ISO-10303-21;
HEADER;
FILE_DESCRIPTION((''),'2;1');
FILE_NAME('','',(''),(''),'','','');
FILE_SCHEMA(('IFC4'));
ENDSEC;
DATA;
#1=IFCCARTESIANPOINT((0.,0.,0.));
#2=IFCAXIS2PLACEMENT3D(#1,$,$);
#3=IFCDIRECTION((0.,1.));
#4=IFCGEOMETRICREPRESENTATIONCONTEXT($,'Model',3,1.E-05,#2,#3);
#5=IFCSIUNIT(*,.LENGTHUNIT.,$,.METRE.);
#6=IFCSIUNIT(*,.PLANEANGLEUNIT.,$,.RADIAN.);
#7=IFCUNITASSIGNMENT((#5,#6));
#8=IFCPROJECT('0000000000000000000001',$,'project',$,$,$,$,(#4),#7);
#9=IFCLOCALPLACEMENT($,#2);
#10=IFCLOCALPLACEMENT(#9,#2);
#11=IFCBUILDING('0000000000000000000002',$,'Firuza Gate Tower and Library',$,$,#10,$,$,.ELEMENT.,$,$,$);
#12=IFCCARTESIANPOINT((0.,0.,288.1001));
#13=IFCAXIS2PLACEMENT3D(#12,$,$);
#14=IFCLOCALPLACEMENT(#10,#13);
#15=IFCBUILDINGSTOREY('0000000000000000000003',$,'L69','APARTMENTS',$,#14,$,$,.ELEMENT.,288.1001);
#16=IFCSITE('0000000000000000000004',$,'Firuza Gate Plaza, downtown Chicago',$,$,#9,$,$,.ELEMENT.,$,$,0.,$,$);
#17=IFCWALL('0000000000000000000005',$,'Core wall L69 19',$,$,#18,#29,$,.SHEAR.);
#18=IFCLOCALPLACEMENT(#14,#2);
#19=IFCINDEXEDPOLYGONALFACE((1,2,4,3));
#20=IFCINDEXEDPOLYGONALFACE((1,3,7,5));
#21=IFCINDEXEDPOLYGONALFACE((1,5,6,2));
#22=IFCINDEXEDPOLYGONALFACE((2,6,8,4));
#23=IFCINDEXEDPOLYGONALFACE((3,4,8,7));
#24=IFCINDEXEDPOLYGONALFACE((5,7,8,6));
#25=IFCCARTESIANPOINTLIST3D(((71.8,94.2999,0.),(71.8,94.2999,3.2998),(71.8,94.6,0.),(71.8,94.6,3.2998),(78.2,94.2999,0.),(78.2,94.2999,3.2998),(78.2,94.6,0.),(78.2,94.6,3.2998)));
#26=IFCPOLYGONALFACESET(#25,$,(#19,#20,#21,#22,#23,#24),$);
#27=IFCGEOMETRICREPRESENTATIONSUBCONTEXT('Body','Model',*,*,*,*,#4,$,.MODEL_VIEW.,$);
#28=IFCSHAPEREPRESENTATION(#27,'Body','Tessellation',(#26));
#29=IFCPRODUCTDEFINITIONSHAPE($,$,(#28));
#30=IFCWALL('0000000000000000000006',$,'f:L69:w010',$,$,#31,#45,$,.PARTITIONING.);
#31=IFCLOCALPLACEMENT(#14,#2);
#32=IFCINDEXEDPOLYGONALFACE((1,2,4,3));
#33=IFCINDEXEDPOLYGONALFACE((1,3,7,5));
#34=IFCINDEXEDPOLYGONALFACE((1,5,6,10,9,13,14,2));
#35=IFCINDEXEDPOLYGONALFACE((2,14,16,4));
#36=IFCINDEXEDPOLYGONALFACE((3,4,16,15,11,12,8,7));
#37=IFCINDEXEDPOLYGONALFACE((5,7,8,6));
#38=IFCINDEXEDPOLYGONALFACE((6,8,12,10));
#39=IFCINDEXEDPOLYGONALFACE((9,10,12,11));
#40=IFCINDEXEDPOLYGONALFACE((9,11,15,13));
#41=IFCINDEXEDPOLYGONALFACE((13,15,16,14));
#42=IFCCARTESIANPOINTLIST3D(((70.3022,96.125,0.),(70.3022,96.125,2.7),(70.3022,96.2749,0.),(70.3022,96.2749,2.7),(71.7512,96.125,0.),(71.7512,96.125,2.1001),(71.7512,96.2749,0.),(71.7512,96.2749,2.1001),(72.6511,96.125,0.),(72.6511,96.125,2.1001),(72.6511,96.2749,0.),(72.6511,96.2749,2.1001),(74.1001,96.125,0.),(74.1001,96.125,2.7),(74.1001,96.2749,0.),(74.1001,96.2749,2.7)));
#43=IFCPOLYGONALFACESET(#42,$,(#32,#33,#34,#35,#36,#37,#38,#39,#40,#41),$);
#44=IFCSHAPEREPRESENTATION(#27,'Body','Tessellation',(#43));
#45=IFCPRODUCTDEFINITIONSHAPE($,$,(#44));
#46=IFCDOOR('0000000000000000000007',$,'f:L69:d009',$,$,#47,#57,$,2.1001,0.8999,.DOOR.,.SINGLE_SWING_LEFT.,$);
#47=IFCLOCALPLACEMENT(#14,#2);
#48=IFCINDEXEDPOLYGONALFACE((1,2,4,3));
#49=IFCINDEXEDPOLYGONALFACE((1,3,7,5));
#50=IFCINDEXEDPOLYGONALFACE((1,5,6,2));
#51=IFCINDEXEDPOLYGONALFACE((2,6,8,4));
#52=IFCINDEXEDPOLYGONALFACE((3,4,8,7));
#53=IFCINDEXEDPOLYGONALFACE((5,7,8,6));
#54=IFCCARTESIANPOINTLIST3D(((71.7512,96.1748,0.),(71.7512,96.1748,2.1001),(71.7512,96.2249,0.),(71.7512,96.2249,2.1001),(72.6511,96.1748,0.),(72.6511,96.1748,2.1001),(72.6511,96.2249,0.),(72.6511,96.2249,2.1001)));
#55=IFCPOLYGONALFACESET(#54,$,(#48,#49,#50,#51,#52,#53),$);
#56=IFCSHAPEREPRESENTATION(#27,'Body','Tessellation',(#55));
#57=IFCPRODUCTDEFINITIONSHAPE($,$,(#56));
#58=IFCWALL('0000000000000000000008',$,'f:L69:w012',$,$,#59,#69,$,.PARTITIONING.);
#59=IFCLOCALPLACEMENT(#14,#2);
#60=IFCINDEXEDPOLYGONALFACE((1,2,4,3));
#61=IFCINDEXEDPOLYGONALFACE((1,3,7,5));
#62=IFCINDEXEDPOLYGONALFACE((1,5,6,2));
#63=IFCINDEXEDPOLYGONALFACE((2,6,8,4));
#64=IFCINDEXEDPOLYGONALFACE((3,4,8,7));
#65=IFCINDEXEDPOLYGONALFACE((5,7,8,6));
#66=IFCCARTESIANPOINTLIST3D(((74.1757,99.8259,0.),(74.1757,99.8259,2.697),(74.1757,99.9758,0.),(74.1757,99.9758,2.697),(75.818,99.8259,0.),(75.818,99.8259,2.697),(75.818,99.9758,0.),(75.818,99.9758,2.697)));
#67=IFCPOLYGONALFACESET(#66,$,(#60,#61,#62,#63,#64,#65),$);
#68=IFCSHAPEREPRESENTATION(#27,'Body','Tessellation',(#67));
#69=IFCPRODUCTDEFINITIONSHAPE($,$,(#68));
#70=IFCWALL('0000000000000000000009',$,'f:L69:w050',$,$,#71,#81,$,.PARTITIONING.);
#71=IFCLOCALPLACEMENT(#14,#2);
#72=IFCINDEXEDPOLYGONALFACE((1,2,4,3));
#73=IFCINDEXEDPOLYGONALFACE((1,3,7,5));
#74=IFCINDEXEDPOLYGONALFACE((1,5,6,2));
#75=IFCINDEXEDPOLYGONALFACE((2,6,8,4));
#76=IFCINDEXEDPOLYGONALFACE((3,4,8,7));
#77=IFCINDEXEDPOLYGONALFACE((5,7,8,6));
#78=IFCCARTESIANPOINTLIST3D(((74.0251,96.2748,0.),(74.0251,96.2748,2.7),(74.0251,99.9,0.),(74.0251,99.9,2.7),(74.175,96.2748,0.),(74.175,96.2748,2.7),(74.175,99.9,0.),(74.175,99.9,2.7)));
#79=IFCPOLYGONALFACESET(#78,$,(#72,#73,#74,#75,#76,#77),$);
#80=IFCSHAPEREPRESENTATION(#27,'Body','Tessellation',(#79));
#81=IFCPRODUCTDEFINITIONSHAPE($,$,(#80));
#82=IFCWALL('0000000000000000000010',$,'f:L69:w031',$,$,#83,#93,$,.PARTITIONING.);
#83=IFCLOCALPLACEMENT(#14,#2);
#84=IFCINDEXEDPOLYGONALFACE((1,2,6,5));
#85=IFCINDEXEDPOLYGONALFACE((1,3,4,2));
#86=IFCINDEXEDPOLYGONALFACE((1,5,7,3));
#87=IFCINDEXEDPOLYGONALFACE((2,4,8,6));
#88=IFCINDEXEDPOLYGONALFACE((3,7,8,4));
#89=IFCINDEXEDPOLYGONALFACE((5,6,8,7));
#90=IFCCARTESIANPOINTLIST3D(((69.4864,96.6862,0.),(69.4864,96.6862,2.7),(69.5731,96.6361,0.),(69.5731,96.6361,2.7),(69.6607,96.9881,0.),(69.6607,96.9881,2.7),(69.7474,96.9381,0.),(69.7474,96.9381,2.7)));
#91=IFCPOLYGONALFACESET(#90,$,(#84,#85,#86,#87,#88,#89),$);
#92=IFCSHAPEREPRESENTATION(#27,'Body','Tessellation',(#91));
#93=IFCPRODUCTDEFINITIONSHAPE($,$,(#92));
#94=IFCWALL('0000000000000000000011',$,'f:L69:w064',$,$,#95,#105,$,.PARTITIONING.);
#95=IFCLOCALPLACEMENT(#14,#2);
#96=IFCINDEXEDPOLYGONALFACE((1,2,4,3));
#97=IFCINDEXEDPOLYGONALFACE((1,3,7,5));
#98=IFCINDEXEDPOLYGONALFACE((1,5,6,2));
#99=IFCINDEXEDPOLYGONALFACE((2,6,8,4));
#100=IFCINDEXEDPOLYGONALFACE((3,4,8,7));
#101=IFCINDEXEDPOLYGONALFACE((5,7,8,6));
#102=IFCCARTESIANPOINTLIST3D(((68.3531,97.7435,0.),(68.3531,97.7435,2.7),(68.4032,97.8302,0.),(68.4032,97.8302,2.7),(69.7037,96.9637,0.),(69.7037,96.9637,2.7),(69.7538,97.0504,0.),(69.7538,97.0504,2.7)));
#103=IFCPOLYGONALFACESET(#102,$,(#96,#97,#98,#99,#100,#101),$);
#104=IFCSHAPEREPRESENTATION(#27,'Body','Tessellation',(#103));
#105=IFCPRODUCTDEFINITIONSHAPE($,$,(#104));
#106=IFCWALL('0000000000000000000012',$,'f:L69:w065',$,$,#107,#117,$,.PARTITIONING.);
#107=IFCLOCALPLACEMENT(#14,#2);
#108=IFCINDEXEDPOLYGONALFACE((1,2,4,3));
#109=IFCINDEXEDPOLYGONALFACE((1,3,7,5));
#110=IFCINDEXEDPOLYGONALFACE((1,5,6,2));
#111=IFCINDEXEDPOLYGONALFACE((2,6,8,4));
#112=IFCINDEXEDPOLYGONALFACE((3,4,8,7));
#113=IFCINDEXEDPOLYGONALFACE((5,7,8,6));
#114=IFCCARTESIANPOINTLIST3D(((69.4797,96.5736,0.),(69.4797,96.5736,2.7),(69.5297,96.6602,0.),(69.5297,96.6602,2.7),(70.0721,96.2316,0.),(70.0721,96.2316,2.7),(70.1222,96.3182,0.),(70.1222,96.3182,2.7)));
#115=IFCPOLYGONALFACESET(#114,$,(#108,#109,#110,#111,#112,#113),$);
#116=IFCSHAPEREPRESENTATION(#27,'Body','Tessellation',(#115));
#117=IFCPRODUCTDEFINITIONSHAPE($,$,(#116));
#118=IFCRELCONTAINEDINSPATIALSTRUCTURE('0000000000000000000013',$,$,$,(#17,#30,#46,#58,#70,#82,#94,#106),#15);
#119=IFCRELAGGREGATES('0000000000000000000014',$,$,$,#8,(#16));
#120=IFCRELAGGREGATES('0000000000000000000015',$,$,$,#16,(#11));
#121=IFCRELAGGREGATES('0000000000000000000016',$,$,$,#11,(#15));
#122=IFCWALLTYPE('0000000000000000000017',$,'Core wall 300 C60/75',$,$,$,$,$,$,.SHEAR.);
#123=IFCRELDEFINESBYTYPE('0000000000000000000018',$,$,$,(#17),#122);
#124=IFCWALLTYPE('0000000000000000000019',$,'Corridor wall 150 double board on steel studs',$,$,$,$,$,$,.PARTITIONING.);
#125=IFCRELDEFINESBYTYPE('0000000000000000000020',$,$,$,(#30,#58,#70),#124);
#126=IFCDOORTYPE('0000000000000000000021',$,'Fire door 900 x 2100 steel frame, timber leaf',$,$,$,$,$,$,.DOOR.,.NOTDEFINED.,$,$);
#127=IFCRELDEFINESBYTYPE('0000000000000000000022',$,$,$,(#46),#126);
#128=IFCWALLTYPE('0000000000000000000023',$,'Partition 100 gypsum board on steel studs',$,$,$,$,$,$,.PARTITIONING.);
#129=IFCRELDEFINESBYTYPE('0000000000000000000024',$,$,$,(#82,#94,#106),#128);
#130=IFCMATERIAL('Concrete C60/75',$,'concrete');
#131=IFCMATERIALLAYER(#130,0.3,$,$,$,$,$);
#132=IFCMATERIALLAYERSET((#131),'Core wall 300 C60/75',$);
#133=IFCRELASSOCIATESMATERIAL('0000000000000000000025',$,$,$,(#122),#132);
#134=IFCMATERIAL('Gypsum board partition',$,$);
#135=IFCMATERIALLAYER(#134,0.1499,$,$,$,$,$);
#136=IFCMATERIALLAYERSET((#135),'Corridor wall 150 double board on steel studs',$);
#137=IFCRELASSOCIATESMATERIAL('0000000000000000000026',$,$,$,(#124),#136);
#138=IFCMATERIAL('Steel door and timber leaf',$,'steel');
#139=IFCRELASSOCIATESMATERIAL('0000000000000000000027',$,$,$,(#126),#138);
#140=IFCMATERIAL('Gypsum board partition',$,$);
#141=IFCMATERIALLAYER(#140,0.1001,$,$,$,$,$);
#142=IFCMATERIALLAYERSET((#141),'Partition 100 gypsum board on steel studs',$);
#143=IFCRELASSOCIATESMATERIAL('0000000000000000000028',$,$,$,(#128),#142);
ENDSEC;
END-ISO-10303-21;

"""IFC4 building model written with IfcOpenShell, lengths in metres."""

from ifc_helpers import new_model, si_unit, direction, frame, frame_2d, origin, place, context, subcontext, project, spatial, rectangle, extrude, material, layer, layer_set, type_object, element, fill, save


model = new_model("IFC4")

# Units and contexts
model_context = context("Model", 3, precision=1e-05, world=origin(), true_north=direction((0.0, 1.0)))
body_context = subcontext(model_context, "Body", "Model", "MODEL_VIEW")
ifc_project = project(units=[si_unit("LENGTHUNIT", "METRE"), si_unit("PLANEANGLEUNIT", "RADIAN")], contexts=[model_context])

# Site, building, storey
site_placement = place(None, origin())
site = spatial("IfcSite", under=ifc_project, at=site_placement, Name="Firuza Gate Plaza, downtown Chicago", CompositionType="ELEMENT", RefElevation=0.0)
building_placement = place(site_placement, origin())
building = spatial("IfcBuilding", under=site, at=building_placement, Name="Firuza Gate Tower and Library", CompositionType="ELEMENT")
storey_placement = place(building_placement, frame((0.0, 0.0, 288.1001)))
storey = spatial("IfcBuildingStorey", under=building, at=storey_placement, Name="L69", Description="APARTMENTS", CompositionType="ELEMENT", Elevation=288.1001)

# Wall
ifc_material_1 = material(Name="Concrete C60/75", Category="concrete")
ifc_layer_1 = layer(ifc_material_1, 0.3)
ifc_layer_set_1 = layer_set([ifc_layer_1], Name="Core wall 300 C60/75")
wall_type_1 = type_object("IfcWallType", Name="Core wall 300 C60/75", PredefinedType="SHEAR", material=ifc_layer_set_1)
wall_1_placement = place(storey_placement, frame((71.8, 94.45, 0.0), z_axis=(0.0, 0.0, 1.0), x_axis=(1.0, 0.0, 0.0)))
element("IfcWall", 1, at=wall_1_placement, inside=storey, type_object=wall_type_1, Name="Core wall L69 19", PredefinedType="SHEAR", context=body_context, shape_type="SweptSolid", body=[
    extrude(rectangle(XDim=6.3999, YDim=0.3, at=frame_2d((3.2, 0.0))), origin(), (0.0, 0.0, 1.0), 3.2998),
])

# Wall, opening, door
ifc_material_2 = material(Name="Gypsum board partition")
ifc_layer_2 = layer(ifc_material_2, 0.1499)
ifc_layer_set_2 = layer_set([ifc_layer_2], Name="Corridor wall 150 double board on steel studs")
wall_type_2 = type_object("IfcWallType", Name="Corridor wall 150 double board on steel studs", PredefinedType="PARTITIONING", material=ifc_layer_set_2)
wall_2_placement = place(storey_placement, frame((70.3022, 96.2, 0.0), z_axis=(0.0, 0.0, 1.0), x_axis=(1.0, 0.0, 0.0)))
wall_2 = element("IfcWall", 2, at=wall_2_placement, inside=storey, type_object=wall_type_2, Name="f:L69:w010", PredefinedType="PARTITIONING", context=body_context, shape_type="SweptSolid", body=[
    extrude(rectangle(XDim=3.7979, YDim=0.1499, at=frame_2d((1.8989, 0.0))), origin(), (0.0, 0.0, 1.0), 2.7),
])
opening_placement = place(wall_2_placement, frame((1.449, 0.0, 0.0)))
opening = element("IfcOpeningElement", 3, at=opening_placement, cuts=wall_2, PredefinedType="OPENING", context=body_context, shape_type="SweptSolid", body=[
    extrude(rectangle(XDim=0.8999, YDim=2.1001, at=frame_2d((0.45, 1.05))), frame((0.0, 0.085, 0.0), z_axis=(0.0, -1.0, 0.0), x_axis=(1.0, 0.0, 0.0)), (0.0, 0.0, 1.0), 0.1699),
])
ifc_material_3 = material(Name="Steel door and timber leaf", Category="steel")
door_type = type_object("IfcDoorType", Name="Fire door 900 x 2100 steel frame, timber leaf", OperationType="NOTDEFINED", PredefinedType="DOOR", material=ifc_material_3)
door_placement = place(opening_placement, origin())
door = element("IfcDoor", 4, at=door_placement, inside=storey, type_object=door_type, Name="f:L69:d009", OperationType="SINGLE_SWING_LEFT", OverallHeight=2.1001, OverallWidth=0.8999, PredefinedType="DOOR", context=body_context, shape_type="SweptSolid", body=[
    extrude(rectangle(XDim=0.8999, YDim=2.1001, at=frame_2d((0.45, 1.05))), frame((0.0, 0.0249, 0.0), z_axis=(0.0, -1.0, 0.0), x_axis=(1.0, 0.0, 0.0)), (0.0, 0.0, 1.0), 0.05),
])
fill(opening, door)

# Walls
wall_3_placement = place(storey_placement, frame((74.1755, 99.9009, 0.0), z_axis=(0.0, 0.0, 1.0), x_axis=(1.0, 0.0, 0.0)))
element("IfcWall", 5, at=wall_3_placement, inside=storey, type_object=wall_type_2, Name="f:L69:w012", PredefinedType="PARTITIONING", context=body_context, shape_type="SweptSolid", body=[
    extrude(rectangle(XDim=1.6423, YDim=0.1499, at=frame_2d((0.8213, 0.0))), origin(), (0.0, 0.0, 1.0), 2.697),
])
wall_4_placement = place(storey_placement, frame((74.1001, 96.2749, 0.0), z_axis=(0.0, 0.0, 1.0), x_axis=(0.0, 1.0, 0.0)))
element("IfcWall", 6, at=wall_4_placement, inside=storey, type_object=wall_type_2, Name="f:L69:w050", PredefinedType="PARTITIONING", context=body_context, shape_type="SweptSolid", body=[
    extrude(rectangle(XDim=3.6252, YDim=0.1499, at=frame_2d((1.8125, 0.0))), origin(), (0.0, 0.0, 1.0), 2.7),
])
ifc_material_4 = material(Name="Gypsum board partition")
ifc_layer_3 = layer(ifc_material_4, 0.1001)
ifc_layer_set_3 = layer_set([ifc_layer_3], Name="Partition 100 gypsum board on steel studs")
wall_type_3 = type_object("IfcWallType", Name="Partition 100 gypsum board on steel studs", PredefinedType="PARTITIONING", material=ifc_layer_set_3)
wall_5_placement = place(storey_placement, frame((69.5298, 96.6611, 0.0), z_axis=(0.0, 0.0, 1.0), x_axis=(0.499904, 0.866081, 0.0)))
element("IfcWall", 7, at=wall_5_placement, inside=storey, type_object=wall_type_3, Name="f:L69:w031", PredefinedType="PARTITIONING", context=body_context, shape_type="SweptSolid", body=[
    extrude(rectangle(XDim=0.3486, YDim=0.1001, at=frame_2d((0.1743, 0.0))), origin(), (0.0, 0.0, 1.0), 2.7),
])
wall_6_placement = place(storey_placement, frame((69.7288, 97.0071, 0.0), z_axis=(0.0, 0.0, 1.0), x_axis=(-0.866019, 0.500012, 0.0)))
element("IfcWall", 8, at=wall_6_placement, inside=storey, type_object=wall_type_3, Name="f:L69:w064", PredefinedType="PARTITIONING", context=body_context, shape_type="SweptSolid", body=[
    extrude(rectangle(XDim=1.5596, YDim=0.1001, at=frame_2d((0.7798, 0.0))), origin(), (0.0, 0.0, 1.0), 2.7),
])
wall_7_placement = place(storey_placement, frame((70.0972, 96.2749, 0.0), z_axis=(0.0, 0.0, 1.0), x_axis=(-0.866061, 0.499939, 0.0)))
element("IfcWall", 9, at=wall_7_placement, inside=storey, type_object=wall_type_3, Name="f:L69:w065", PredefinedType="PARTITIONING", context=body_context, shape_type="SweptSolid", body=[
    extrude(rectangle(XDim=0.6841, YDim=0.1001, at=frame_2d((0.342, 0.0))), origin(), (0.0, 0.0, 1.0), 2.7),
])

save(model, "model.ifc")
